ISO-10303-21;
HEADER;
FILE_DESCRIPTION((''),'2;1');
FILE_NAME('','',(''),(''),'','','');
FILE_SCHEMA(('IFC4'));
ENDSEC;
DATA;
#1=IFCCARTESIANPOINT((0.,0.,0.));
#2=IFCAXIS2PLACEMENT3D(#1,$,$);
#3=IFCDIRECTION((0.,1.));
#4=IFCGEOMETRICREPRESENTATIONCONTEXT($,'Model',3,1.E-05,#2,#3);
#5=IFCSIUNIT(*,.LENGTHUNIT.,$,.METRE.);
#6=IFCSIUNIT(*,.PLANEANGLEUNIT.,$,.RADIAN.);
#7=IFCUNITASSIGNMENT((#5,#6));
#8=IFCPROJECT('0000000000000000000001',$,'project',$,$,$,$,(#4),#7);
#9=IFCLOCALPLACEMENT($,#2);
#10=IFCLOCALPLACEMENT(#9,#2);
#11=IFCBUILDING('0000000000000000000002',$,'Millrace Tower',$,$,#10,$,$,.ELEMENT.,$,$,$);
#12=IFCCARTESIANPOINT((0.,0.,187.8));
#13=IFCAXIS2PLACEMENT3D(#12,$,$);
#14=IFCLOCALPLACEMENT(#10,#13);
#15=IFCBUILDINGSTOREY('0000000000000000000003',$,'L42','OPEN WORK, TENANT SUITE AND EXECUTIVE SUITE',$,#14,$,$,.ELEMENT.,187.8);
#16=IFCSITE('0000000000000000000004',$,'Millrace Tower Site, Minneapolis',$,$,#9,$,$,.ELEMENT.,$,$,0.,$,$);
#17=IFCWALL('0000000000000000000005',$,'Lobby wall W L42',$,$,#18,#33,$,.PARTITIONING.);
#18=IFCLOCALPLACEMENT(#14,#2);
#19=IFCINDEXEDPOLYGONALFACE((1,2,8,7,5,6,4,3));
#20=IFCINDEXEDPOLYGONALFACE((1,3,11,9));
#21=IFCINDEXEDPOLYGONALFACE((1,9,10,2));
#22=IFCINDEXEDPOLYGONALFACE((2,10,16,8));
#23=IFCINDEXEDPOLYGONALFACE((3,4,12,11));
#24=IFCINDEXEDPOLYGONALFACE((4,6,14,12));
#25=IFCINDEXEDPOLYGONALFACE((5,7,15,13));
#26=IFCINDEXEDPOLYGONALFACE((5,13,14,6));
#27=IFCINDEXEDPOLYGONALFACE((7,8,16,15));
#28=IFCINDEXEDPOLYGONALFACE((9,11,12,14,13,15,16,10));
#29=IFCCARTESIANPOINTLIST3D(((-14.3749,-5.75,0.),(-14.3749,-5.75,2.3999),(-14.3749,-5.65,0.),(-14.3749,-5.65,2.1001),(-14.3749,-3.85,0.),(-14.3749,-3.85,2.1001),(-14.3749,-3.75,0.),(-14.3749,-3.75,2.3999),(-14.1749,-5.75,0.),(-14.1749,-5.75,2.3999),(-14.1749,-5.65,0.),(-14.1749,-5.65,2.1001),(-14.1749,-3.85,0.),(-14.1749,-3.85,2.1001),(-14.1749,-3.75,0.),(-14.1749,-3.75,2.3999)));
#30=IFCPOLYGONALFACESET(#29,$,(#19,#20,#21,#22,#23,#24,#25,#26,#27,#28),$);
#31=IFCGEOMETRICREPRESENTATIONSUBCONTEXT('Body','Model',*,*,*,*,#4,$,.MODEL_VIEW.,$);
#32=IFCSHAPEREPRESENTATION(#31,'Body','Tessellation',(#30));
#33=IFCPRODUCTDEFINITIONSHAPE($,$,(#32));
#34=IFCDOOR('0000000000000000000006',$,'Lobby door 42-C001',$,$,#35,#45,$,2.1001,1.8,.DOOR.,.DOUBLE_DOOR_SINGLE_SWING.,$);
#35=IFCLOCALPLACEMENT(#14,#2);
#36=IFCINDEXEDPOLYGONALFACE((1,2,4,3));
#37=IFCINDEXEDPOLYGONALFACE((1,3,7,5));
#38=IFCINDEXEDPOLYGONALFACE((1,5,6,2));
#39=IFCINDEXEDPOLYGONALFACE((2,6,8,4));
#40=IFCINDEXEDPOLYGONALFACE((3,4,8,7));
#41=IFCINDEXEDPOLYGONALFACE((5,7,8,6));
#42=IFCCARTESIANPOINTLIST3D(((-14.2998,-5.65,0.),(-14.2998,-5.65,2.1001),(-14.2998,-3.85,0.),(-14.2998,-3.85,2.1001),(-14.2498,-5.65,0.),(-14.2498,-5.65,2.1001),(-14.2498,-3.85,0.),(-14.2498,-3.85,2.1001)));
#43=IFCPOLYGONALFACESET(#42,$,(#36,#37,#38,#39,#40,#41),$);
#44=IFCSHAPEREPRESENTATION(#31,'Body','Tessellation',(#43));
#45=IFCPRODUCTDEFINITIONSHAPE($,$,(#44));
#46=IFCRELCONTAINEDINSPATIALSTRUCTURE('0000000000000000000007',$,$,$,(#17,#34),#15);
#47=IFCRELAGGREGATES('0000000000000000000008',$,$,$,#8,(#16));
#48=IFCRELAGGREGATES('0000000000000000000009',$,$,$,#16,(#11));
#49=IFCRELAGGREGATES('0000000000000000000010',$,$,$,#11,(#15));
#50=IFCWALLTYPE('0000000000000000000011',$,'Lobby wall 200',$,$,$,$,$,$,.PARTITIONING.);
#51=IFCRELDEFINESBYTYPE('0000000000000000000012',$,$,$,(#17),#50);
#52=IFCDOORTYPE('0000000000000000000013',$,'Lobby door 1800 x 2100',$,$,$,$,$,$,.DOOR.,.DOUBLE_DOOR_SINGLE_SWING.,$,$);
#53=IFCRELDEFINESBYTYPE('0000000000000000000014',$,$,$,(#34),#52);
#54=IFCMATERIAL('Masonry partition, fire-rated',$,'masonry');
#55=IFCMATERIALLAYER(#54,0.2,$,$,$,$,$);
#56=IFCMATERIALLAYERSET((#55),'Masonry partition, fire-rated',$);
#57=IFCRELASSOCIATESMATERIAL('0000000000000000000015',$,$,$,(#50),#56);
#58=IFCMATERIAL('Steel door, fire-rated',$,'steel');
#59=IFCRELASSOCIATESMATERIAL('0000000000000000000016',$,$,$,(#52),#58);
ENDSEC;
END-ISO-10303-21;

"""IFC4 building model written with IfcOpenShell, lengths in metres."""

from ifc_helpers import new_model, si_unit, direction, frame, frame_2d, origin, place, context, subcontext, project, spatial, rectangle, extrude, material, layer, layer_set, type_object, element, fill, save


model = new_model("IFC4")

# Units and contexts
model_context = context("Model", 3, precision=1e-05, world=origin(), true_north=direction((0.0, 1.0)))
body_context = subcontext(model_context, "Body", "Model", "MODEL_VIEW")
ifc_project = project(units=[si_unit("LENGTHUNIT", "METRE"), si_unit("PLANEANGLEUNIT", "RADIAN")], contexts=[model_context])

# Site, building, storey
site_placement = place(None, origin())
site = spatial("IfcSite", under=ifc_project, at=site_placement, Name="Millrace Tower Site, Minneapolis", CompositionType="ELEMENT", RefElevation=0.0)
building_placement = place(site_placement, origin())
building = spatial("IfcBuilding", under=site, at=building_placement, Name="Millrace Tower", CompositionType="ELEMENT")
storey_placement = place(building_placement, frame((0.0, 0.0, 187.8)))
storey = spatial("IfcBuildingStorey", under=building, at=storey_placement, Name="L42", Description="OPEN WORK, TENANT SUITE AND EXECUTIVE SUITE", CompositionType="ELEMENT", Elevation=187.8)

# Wall, opening, door
ifc_material_1 = material(Name="Masonry partition, fire-rated", Category="masonry")
ifc_layer_1 = layer(ifc_material_1, 0.2)
ifc_layer_set_1 = layer_set([ifc_layer_1], Name="Masonry partition, fire-rated")
wall_type_1 = type_object("IfcWallType", Name="Lobby wall 200", PredefinedType="PARTITIONING", material=ifc_layer_set_1)
wall_1_placement = place(storey_placement, frame((-14.2749, -5.75, 0.0), z_axis=(0.0, 0.0, 1.0), x_axis=(0.0, 1.0, 0.0)))
wall_1 = element("IfcWall", 1, at=wall_1_placement, inside=storey, type_object=wall_type_1, Name="Lobby wall W L42", PredefinedType="PARTITIONING", context=body_context, shape_type="SweptSolid", body=[
    extrude(rectangle(XDim=2.0, YDim=0.2, at=frame_2d((1.0, 0.0))), origin(), (0.0, 0.0, 1.0), 2.3999),
])
opening_1_placement = place(wall_1_placement, frame((0.1001, 0.0, 0.0)))
opening_1 = element("IfcOpeningElement", 2, at=opening_1_placement, cuts=wall_1, PredefinedType="OPENING", context=body_context, shape_type="SweptSolid", body=[
    extrude(rectangle(XDim=1.8, YDim=2.1001, at=frame_2d((0.8999, 1.05))), frame((0.0, 0.1099, 0.0), z_axis=(0.0, -1.0, 0.0), x_axis=(1.0, 0.0, 0.0)), (0.0, 0.0, 1.0), 0.22),
])
ifc_material_2 = material(Name="Steel door, fire-rated", Category="steel")
door_type_1 = type_object("IfcDoorType", Name="Lobby door 1800 x 2100", OperationType="DOUBLE_DOOR_SINGLE_SWING", PredefinedType="DOOR", material=ifc_material_2)
door_1_placement = place(opening_1_placement, origin())
door_1 = element("IfcDoor", 3, at=door_1_placement, inside=storey, type_object=door_type_1, Name="Lobby door 42-C001", OperationType="DOUBLE_DOOR_SINGLE_SWING", OverallHeight=2.1001, OverallWidth=1.8, PredefinedType="DOOR", context=body_context, shape_type="SweptSolid", body=[
    extrude(rectangle(XDim=1.8, YDim=2.1001, at=frame_2d((0.8999, 1.05))), frame((0.0, 0.0249, 0.0), z_axis=(0.0, -1.0, 0.0), x_axis=(1.0, 0.0, 0.0)), (0.0, 0.0, 1.0), 0.05),
])
fill(opening_1, door_1)

save(model, "model.ifc")
